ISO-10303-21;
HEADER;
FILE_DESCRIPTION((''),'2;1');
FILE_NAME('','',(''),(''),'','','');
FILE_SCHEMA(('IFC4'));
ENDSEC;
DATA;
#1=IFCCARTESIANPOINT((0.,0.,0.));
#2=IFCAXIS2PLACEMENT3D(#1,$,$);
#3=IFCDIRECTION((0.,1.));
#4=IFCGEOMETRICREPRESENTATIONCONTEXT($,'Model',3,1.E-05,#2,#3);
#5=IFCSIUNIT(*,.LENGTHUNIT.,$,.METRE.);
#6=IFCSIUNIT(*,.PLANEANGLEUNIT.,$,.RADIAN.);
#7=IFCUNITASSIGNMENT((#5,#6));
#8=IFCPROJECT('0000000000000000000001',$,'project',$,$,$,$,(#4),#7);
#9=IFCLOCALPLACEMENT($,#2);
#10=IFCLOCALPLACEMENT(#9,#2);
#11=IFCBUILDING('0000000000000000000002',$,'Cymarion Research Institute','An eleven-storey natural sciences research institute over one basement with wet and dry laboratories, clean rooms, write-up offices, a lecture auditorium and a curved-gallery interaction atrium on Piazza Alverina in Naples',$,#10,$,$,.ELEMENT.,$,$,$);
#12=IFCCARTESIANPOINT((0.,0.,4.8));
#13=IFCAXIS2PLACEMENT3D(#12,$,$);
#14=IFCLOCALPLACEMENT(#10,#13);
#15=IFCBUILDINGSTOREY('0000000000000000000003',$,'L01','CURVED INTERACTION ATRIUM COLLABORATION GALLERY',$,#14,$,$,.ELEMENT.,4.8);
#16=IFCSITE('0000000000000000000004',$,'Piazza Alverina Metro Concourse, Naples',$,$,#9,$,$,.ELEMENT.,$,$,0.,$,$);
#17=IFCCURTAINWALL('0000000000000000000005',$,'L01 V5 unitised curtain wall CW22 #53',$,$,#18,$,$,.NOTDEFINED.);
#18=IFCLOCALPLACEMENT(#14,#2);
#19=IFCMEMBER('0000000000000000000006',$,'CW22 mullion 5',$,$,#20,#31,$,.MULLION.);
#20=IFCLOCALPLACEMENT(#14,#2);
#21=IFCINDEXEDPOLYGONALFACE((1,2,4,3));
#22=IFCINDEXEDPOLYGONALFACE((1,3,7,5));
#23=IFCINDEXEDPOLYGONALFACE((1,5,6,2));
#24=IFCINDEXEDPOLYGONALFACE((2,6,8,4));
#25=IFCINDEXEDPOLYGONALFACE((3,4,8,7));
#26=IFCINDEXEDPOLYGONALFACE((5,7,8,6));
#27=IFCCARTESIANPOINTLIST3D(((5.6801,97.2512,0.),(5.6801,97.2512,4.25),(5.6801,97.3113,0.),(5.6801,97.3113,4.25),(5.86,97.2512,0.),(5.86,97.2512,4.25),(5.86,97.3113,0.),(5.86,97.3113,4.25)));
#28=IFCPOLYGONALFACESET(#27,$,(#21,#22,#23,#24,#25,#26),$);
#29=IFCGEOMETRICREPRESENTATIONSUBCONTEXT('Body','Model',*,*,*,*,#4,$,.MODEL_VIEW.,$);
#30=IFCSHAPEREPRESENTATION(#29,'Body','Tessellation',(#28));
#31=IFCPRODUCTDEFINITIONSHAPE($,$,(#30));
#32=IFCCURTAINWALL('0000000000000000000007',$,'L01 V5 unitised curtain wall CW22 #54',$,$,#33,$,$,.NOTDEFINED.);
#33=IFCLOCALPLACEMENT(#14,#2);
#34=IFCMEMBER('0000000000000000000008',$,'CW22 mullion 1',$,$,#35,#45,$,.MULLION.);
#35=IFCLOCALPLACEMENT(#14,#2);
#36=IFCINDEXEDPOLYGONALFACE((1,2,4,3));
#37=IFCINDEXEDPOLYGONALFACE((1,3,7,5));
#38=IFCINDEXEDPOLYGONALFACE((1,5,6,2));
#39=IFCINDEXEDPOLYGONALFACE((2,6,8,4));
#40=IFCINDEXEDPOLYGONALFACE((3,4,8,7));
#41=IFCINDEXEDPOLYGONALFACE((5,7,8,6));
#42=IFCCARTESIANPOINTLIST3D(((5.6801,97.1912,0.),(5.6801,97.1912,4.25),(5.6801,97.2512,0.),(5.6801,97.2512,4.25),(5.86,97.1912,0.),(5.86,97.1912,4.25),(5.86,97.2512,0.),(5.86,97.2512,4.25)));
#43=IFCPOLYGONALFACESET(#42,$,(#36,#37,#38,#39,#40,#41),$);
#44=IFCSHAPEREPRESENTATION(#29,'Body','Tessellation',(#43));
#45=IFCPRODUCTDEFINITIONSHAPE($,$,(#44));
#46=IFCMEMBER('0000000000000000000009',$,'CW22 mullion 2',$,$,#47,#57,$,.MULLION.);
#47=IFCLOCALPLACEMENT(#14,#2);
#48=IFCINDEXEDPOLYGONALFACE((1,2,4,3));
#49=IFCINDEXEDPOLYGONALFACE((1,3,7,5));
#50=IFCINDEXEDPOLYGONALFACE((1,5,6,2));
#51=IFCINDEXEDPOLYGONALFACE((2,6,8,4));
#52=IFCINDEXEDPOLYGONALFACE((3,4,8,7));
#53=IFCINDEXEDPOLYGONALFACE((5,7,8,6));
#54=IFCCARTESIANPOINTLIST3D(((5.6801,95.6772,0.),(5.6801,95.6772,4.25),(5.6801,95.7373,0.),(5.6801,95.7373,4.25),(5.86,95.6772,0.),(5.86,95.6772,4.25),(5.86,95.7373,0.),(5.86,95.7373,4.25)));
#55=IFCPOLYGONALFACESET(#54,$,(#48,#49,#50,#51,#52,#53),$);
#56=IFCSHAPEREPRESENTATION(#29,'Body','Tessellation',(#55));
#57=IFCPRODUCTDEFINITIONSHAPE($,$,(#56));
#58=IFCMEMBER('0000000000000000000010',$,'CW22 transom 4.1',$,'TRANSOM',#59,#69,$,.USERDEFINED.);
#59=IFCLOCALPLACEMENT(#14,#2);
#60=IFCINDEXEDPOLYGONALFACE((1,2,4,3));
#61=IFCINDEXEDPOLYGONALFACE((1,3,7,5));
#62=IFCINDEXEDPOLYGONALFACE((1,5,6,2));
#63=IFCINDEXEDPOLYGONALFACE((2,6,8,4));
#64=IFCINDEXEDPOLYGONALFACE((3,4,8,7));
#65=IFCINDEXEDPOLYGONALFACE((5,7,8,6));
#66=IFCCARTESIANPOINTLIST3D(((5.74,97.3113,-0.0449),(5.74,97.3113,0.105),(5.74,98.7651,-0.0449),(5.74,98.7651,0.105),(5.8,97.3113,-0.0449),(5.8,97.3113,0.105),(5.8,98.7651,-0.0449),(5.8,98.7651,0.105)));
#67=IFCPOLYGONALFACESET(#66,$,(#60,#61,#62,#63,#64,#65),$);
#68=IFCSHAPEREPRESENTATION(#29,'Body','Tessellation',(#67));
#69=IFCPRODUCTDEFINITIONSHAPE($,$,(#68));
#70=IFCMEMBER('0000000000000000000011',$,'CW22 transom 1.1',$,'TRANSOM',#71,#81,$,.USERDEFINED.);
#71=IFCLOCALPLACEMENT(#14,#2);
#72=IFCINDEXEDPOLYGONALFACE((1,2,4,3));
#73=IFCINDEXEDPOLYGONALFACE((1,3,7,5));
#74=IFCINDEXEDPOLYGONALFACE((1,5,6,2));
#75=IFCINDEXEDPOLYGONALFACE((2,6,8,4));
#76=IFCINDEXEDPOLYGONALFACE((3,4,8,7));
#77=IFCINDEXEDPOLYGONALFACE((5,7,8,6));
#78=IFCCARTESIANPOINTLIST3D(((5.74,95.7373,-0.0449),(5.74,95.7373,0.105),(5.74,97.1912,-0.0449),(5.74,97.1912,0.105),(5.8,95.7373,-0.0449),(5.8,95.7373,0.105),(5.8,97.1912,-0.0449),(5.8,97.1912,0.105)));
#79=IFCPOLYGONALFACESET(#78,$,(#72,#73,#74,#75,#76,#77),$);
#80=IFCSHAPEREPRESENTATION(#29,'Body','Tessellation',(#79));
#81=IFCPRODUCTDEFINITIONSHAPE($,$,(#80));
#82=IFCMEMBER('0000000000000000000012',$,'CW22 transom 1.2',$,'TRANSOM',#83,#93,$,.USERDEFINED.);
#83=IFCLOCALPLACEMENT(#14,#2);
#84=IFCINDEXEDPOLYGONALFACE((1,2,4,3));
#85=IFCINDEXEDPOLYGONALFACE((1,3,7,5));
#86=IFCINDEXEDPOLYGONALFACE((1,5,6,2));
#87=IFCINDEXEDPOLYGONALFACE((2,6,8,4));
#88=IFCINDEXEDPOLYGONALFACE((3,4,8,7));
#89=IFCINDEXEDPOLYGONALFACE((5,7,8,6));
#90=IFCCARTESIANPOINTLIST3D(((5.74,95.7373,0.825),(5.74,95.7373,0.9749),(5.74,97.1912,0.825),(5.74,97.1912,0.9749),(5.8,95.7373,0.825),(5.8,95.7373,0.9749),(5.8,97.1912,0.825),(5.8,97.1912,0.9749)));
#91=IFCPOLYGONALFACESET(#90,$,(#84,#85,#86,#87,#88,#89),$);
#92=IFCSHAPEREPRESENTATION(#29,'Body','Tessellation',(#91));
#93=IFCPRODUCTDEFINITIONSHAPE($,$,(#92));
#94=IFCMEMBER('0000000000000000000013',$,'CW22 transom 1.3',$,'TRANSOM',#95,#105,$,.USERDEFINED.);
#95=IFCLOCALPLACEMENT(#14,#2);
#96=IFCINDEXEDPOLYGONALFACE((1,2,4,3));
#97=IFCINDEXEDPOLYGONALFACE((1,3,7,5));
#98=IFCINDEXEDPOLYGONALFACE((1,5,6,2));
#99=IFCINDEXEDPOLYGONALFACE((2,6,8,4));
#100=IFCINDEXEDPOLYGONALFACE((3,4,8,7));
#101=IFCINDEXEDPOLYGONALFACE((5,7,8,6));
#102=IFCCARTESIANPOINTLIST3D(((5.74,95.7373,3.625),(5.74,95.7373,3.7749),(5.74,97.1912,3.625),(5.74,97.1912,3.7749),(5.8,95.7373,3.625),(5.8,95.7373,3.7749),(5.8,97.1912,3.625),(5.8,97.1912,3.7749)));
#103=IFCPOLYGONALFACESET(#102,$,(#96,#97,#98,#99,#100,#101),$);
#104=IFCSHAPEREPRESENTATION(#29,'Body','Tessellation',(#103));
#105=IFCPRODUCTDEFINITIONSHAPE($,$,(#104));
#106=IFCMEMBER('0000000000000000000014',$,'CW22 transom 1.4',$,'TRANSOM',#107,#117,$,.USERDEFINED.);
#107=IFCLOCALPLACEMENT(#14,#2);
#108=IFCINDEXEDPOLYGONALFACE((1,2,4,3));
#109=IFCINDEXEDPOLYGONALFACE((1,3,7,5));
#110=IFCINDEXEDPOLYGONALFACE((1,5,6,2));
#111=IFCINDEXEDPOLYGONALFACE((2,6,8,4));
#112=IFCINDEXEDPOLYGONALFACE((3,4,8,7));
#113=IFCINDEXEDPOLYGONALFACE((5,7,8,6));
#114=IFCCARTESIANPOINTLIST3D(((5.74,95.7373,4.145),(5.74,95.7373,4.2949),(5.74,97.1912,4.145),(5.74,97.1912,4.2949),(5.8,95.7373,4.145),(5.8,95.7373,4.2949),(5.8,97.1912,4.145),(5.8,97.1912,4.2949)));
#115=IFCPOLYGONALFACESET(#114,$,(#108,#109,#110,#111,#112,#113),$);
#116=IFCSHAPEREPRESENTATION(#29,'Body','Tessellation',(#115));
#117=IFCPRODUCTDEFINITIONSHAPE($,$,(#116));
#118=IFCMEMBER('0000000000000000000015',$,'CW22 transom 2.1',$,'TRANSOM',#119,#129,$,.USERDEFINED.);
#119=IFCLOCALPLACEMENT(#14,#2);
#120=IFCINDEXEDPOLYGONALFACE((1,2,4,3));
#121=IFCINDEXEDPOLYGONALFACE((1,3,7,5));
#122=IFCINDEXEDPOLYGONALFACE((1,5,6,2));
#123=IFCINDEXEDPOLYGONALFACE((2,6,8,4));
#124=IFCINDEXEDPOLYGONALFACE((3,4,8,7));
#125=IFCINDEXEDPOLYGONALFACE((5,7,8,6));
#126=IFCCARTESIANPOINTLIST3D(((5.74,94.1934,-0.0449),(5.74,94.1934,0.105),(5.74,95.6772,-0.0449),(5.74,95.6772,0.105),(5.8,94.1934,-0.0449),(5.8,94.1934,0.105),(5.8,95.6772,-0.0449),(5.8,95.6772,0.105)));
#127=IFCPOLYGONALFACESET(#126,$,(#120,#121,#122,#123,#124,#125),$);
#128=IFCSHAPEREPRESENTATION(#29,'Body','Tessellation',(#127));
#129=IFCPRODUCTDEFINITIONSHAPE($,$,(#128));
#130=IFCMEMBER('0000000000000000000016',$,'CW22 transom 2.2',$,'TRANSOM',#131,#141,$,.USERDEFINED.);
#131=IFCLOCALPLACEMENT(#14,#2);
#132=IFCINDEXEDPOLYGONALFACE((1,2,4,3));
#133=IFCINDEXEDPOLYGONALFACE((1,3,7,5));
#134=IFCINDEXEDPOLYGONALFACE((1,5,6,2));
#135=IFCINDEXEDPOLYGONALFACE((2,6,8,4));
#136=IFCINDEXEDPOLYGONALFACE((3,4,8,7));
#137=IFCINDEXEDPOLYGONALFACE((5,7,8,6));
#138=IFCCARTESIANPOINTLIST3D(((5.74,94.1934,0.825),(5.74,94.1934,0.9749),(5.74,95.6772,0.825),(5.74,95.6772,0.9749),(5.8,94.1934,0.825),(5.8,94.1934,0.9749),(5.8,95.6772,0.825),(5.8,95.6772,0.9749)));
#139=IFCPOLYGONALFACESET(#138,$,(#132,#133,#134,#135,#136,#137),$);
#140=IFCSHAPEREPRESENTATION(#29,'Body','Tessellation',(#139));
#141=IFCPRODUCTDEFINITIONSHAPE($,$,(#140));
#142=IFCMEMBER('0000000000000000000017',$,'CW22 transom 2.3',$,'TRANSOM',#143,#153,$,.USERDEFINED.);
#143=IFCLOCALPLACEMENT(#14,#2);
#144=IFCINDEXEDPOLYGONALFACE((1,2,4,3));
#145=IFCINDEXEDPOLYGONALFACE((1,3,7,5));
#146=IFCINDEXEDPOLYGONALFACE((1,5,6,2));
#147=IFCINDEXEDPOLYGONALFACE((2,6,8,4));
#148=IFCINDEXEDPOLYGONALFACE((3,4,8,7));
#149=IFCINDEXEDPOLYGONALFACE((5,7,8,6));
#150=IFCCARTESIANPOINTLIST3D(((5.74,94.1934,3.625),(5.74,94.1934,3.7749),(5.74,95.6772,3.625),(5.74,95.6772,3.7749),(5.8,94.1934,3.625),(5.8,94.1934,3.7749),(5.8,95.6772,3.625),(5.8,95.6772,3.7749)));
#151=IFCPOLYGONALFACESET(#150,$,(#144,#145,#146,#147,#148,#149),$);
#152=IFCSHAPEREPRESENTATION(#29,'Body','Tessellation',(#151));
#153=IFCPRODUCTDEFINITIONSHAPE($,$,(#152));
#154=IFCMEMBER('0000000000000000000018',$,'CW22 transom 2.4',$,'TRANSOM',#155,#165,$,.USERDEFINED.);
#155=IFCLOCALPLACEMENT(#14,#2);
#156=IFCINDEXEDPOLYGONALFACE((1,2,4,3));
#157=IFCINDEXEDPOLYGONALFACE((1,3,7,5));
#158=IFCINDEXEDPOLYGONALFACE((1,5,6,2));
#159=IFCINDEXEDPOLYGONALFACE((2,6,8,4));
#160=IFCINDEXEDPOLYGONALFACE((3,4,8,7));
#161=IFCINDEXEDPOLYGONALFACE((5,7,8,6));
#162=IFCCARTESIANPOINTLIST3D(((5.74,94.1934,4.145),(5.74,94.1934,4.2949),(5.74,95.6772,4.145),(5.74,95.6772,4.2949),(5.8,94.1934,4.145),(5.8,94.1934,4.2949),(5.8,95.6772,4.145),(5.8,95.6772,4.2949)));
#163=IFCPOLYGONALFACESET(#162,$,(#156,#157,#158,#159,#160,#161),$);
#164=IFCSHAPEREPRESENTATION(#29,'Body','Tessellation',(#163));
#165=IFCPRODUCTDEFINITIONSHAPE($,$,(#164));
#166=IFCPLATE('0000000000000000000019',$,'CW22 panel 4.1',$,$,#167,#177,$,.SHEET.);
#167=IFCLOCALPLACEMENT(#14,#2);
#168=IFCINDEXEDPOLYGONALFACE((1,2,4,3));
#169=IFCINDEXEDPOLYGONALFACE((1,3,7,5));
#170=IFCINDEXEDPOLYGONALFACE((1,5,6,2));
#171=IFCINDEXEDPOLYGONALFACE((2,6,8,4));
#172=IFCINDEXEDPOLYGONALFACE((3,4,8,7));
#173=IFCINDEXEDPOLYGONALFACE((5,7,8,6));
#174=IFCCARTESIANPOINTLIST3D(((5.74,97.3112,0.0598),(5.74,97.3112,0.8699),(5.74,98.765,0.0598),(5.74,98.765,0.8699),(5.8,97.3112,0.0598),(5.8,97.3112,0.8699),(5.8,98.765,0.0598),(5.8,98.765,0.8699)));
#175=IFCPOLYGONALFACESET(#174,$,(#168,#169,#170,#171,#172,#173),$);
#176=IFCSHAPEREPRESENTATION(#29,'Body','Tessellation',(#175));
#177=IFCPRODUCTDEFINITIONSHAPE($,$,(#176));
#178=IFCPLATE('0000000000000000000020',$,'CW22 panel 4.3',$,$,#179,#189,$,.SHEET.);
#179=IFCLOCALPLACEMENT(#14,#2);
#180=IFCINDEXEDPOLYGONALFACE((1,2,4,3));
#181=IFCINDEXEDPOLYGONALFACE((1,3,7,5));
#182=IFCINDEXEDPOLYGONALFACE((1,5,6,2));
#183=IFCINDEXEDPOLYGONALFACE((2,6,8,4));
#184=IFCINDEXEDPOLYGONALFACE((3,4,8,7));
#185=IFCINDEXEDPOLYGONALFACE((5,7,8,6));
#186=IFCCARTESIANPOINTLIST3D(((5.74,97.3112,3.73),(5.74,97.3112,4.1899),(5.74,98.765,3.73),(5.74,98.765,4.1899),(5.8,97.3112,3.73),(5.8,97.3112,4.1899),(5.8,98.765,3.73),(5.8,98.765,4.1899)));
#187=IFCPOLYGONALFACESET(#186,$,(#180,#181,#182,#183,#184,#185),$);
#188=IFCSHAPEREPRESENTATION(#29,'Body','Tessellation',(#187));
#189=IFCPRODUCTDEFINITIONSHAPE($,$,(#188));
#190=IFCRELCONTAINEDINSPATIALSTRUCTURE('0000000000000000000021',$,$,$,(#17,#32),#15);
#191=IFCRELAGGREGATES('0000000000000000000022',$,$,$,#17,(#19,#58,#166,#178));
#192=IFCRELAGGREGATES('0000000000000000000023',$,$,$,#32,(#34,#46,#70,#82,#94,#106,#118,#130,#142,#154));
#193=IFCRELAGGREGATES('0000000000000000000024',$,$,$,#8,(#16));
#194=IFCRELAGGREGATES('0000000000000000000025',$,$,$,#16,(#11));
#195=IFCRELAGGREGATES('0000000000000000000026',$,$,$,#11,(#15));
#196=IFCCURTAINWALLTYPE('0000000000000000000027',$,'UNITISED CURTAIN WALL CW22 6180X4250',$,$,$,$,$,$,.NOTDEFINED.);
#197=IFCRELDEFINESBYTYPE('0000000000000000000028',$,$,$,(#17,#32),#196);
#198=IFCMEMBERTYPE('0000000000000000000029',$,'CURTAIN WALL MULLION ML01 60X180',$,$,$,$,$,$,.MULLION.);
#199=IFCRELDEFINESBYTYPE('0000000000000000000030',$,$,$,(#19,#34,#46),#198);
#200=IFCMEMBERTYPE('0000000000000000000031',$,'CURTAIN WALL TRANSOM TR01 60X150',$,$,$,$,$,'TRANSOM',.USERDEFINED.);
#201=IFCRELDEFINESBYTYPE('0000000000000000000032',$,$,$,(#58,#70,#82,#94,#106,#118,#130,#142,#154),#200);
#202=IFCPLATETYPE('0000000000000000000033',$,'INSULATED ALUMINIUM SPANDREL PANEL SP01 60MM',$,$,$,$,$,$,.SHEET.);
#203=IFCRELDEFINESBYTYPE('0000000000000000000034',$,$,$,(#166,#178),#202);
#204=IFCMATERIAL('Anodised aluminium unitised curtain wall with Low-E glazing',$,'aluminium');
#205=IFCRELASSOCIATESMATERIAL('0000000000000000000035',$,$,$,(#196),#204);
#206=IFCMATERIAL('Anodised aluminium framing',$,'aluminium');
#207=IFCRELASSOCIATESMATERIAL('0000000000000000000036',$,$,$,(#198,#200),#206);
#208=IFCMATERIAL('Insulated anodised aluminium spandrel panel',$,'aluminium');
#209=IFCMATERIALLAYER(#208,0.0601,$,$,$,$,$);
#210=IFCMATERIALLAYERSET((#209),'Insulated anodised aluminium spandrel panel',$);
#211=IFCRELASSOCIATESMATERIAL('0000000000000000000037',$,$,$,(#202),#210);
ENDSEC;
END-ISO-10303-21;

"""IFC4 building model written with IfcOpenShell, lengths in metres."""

from ifc_helpers import new_model, si_unit, direction, frame, origin, origin_2d, place, context, subcontext, project, spatial, rectangle, extrude, material, layer, layer_set, material_profile, profile_set, type_object, element, aggregate, save


model = new_model("IFC4")

# Units and contexts
model_context = context("Model", 3, precision=1e-05, world=origin(), true_north=direction((0.0, 1.0)))
body_context = subcontext(model_context, "Body", "Model", "MODEL_VIEW")
ifc_project = project(units=[si_unit("LENGTHUNIT", "METRE"), si_unit("PLANEANGLEUNIT", "RADIAN")], contexts=[model_context])

# Site, building, storey
site_placement = place(None, origin())
site = spatial("IfcSite", under=ifc_project, at=site_placement, Name="Piazza Alverina Metro Concourse, Naples", CompositionType="ELEMENT", RefElevation=0.0)
building_placement = place(site_placement, origin())
building = spatial("IfcBuilding", under=site, at=building_placement, Name="Cymarion Research Institute", Description="An eleven-storey natural sciences research institute over one basement with wet and dry laboratories, clean rooms, write-up offices, a lecture auditorium and a curved-gallery interaction atrium on Piazza Alverina in Naples", CompositionType="ELEMENT")
storey_placement = place(building_placement, frame((0.0, 0.0, 4.8)))
storey = spatial("IfcBuildingStorey", under=building, at=storey_placement, Name="L01", Description="CURVED INTERACTION ATRIUM COLLABORATION GALLERY", CompositionType="ELEMENT", Elevation=4.8)

# Curtain wall, member
ifc_material_1 = material(Name="Anodised aluminium unitised curtain wall with Low-E glazing", Category="aluminium")
curtain_wall_type = type_object("IfcCurtainWallType", Name="UNITISED CURTAIN WALL CW22 6180X4250", PredefinedType="NOTDEFINED", material=ifc_material_1)
curtain_wall_1_placement = place(storey_placement, origin())
curtain_wall_1 = element("IfcCurtainWall", 1, at=curtain_wall_1_placement, inside=storey, type_object=curtain_wall_type, Name="L01 V5 unitised curtain wall CW22 #53", PredefinedType="NOTDEFINED")
ifc_material_2 = material(Name="Anodised aluminium framing", Category="aluminium")
ifc_material_profile_1 = material_profile(ifc_material_2, rectangle(XDim=0.0601, YDim=0.1799, at=origin_2d()), Name="ALU MULLION 60x180")
ifc_profile_set_1 = profile_set([ifc_material_profile_1], Name="Anodised aluminium framing")
member_type_1 = type_object("IfcMemberType", Name="CURTAIN WALL MULLION ML01 60X180", PredefinedType="MULLION", material=ifc_profile_set_1)
member_1_placement = place(storey_placement, frame((5.77, 97.2812, 0.0), z_axis=(0.0, 0.0, 1.0), x_axis=(0.0, -1.0, 0.0)))
member_1 = element("IfcMember", 2, at=member_1_placement, type_object=member_type_1, Name="CW22 mullion 5", PredefinedType="MULLION", context=body_context, shape_type="SweptSolid", body=[
    extrude(rectangle(XDim=0.0601, YDim=0.1799, at=origin_2d()), origin(), (0.0, 0.0, 1.0), 4.25),
])

# Curtain wall, members
curtain_wall_2_placement = place(storey_placement, origin())
curtain_wall_2 = element("IfcCurtainWall", 3, at=curtain_wall_2_placement, inside=storey, type_object=curtain_wall_type, Name="L01 V5 unitised curtain wall CW22 #54", PredefinedType="NOTDEFINED")
member_2_placement = place(storey_placement, frame((5.77, 97.2212, 0.0), z_axis=(0.0, 0.0, 1.0), x_axis=(0.0, -1.0, 0.0)))
member_2 = element("IfcMember", 4, at=member_2_placement, type_object=member_type_1, Name="CW22 mullion 1", PredefinedType="MULLION", context=body_context, shape_type="SweptSolid", body=[
    extrude(rectangle(XDim=0.0601, YDim=0.1799, at=origin_2d()), origin(), (0.0, 0.0, 1.0), 4.25),
])
member_3_placement = place(storey_placement, frame((5.77, 95.7073, 0.0), z_axis=(0.0, 0.0, 1.0), x_axis=(0.0, -1.0, 0.0)))
member_3 = element("IfcMember", 5, at=member_3_placement, type_object=member_type_1, Name="CW22 mullion 2", PredefinedType="MULLION", context=body_context, shape_type="SweptSolid", body=[
    extrude(rectangle(XDim=0.0601, YDim=0.1799, at=origin_2d()), origin(), (0.0, 0.0, 1.0), 4.25),
])

# Members
ifc_material_profile_2 = material_profile(ifc_material_2, rectangle(XDim=0.0601, YDim=0.1499, at=origin_2d()), Name="ALU TRANSOM 60x150")
ifc_profile_set_2 = profile_set([ifc_material_profile_2], Name="Anodised aluminium framing")
member_type_2 = type_object("IfcMemberType", Name="CURTAIN WALL TRANSOM TR01 60X150", ElementType="TRANSOM", PredefinedType="USERDEFINED", material=ifc_profile_set_2)
member_4_placement = place(storey_placement, frame((5.77, 98.7651, 0.03), z_axis=(0.0, -1.0, 0.0), x_axis=(1.0, 0.0, 0.0)))
member_4 = element("IfcMember", 6, at=member_4_placement, type_object=member_type_2, Name="CW22 transom 4.1", ObjectType="TRANSOM", PredefinedType="USERDEFINED", context=body_context, shape_type="SweptSolid", body=[
    extrude(rectangle(XDim=0.0601, YDim=0.1499, at=origin_2d()), origin(), (0.0, 0.0, 1.0), 1.4539),
])
member_5_placement = place(storey_placement, frame((5.77, 97.1912, 0.03), z_axis=(0.0, -1.0, 0.0), x_axis=(1.0, 0.0, 0.0)))
member_5 = element("IfcMember", 7, at=member_5_placement, type_object=member_type_2, Name="CW22 transom 1.1", ObjectType="TRANSOM", PredefinedType="USERDEFINED", context=body_context, shape_type="SweptSolid", body=[
    extrude(rectangle(XDim=0.0601, YDim=0.1499, at=origin_2d()), origin(), (0.0, 0.0, 1.0), 1.4539),
])
member_6_placement = place(storey_placement, frame((5.77, 97.1912, 0.8999), z_axis=(0.0, -1.0, 0.0), x_axis=(1.0, 0.0, 0.0)))
member_6 = element("IfcMember", 8, at=member_6_placement, type_object=member_type_2, Name="CW22 transom 1.2", ObjectType="TRANSOM", PredefinedType="USERDEFINED", context=body_context, shape_type="SweptSolid", body=[
    extrude(rectangle(XDim=0.0601, YDim=0.1499, at=origin_2d()), origin(), (0.0, 0.0, 1.0), 1.4539),
])
member_7_placement = place(storey_placement, frame((5.77, 97.1912, 3.7), z_axis=(0.0, -1.0, 0.0), x_axis=(1.0, 0.0, 0.0)))
member_7 = element("IfcMember", 9, at=member_7_placement, type_object=member_type_2, Name="CW22 transom 1.3", ObjectType="TRANSOM", PredefinedType="USERDEFINED", context=body_context, shape_type="SweptSolid", body=[
    extrude(rectangle(XDim=0.0601, YDim=0.1499, at=origin_2d()), origin(), (0.0, 0.0, 1.0), 1.4539),
])
member_8_placement = place(storey_placement, frame((5.77, 97.1912, 4.22), z_axis=(0.0, -1.0, 0.0), x_axis=(1.0, 0.0, 0.0)))
member_8 = element("IfcMember", 10, at=member_8_placement, type_object=member_type_2, Name="CW22 transom 1.4", ObjectType="TRANSOM", PredefinedType="USERDEFINED", context=body_context, shape_type="SweptSolid", body=[
    extrude(rectangle(XDim=0.0601, YDim=0.1499, at=origin_2d()), origin(), (0.0, 0.0, 1.0), 1.4539),
])
member_9_placement = place(storey_placement, frame((5.77, 95.6772, 0.03), z_axis=(0.0, -1.0, 0.0), x_axis=(1.0, 0.0, 0.0)))
member_9 = element("IfcMember", 11, at=member_9_placement, type_object=member_type_2, Name="CW22 transom 2.1", ObjectType="TRANSOM", PredefinedType="USERDEFINED", context=body_context, shape_type="SweptSolid", body=[
    extrude(rectangle(XDim=0.0601, YDim=0.1499, at=origin_2d()), origin(), (0.0, 0.0, 1.0), 1.4839),
])
member_10_placement = place(storey_placement, frame((5.77, 95.6772, 0.8999), z_axis=(0.0, -1.0, 0.0), x_axis=(1.0, 0.0, 0.0)))
member_10 = element("IfcMember", 12, at=member_10_placement, type_object=member_type_2, Name="CW22 transom 2.2", ObjectType="TRANSOM", PredefinedType="USERDEFINED", context=body_context, shape_type="SweptSolid", body=[
    extrude(rectangle(XDim=0.0601, YDim=0.1499, at=origin_2d()), origin(), (0.0, 0.0, 1.0), 1.4839),
])
member_11_placement = place(storey_placement, frame((5.77, 95.6772, 3.7), z_axis=(0.0, -1.0, 0.0), x_axis=(1.0, 0.0, 0.0)))
member_11 = element("IfcMember", 13, at=member_11_placement, type_object=member_type_2, Name="CW22 transom 2.3", ObjectType="TRANSOM", PredefinedType="USERDEFINED", context=body_context, shape_type="SweptSolid", body=[
    extrude(rectangle(XDim=0.0601, YDim=0.1499, at=origin_2d()), origin(), (0.0, 0.0, 1.0), 1.4839),
])
member_12_placement = place(storey_placement, frame((5.77, 95.6772, 4.22), z_axis=(0.0, -1.0, 0.0), x_axis=(1.0, 0.0, 0.0)))
member_12 = element("IfcMember", 14, at=member_12_placement, type_object=member_type_2, Name="CW22 transom 2.4", ObjectType="TRANSOM", PredefinedType="USERDEFINED", context=body_context, shape_type="SweptSolid", body=[
    extrude(rectangle(XDim=0.0601, YDim=0.1499, at=origin_2d()), origin(), (0.0, 0.0, 1.0), 1.4839),
])

# Plates
ifc_material_3 = material(Name="Insulated anodised aluminium spandrel panel", Category="aluminium")
ifc_layer_1 = layer(ifc_material_3, 0.0601)
ifc_layer_set_1 = layer_set([ifc_layer_1], Name="Insulated anodised aluminium spandrel panel")
plate_type_1 = type_object("IfcPlateType", Name="INSULATED ALUMINIUM SPANDREL PANEL SP01 60MM", PredefinedType="SHEET", material=ifc_layer_set_1)
plate_1_placement = place(storey_placement, frame((5.77, 98.0381, 0.0598), z_axis=(0.0, 0.0, 1.0), x_axis=(0.0, -1.0, 0.0)))
plate_1 = element("IfcPlate", 15, at=plate_1_placement, type_object=plate_type_1, Name="CW22 panel 4.1", PredefinedType="SHEET", context=body_context, shape_type="SweptSolid", body=[
    extrude(rectangle(XDim=1.4539, YDim=0.0601, at=origin_2d()), origin(), (0.0, 0.0, 1.0), 0.8101),
])
plate_2_placement = place(storey_placement, frame((5.77, 98.0381, 3.73), z_axis=(0.0, 0.0, 1.0), x_axis=(0.0, -1.0, 0.0)))
plate_2 = element("IfcPlate", 16, at=plate_2_placement, type_object=plate_type_1, Name="CW22 panel 4.3", PredefinedType="SHEET", context=body_context, shape_type="SweptSolid", body=[
    extrude(rectangle(XDim=1.4539, YDim=0.0601, at=origin_2d()), origin(), (0.0, 0.0, 1.0), 0.46),
])
aggregate(curtain_wall_1, [member_1, member_4, plate_1, plate_2])
aggregate(curtain_wall_2, [member_2, member_3, member_5, member_6, member_7, member_8, member_9, member_10, member_11, member_12])

save(model, "model.ifc")
